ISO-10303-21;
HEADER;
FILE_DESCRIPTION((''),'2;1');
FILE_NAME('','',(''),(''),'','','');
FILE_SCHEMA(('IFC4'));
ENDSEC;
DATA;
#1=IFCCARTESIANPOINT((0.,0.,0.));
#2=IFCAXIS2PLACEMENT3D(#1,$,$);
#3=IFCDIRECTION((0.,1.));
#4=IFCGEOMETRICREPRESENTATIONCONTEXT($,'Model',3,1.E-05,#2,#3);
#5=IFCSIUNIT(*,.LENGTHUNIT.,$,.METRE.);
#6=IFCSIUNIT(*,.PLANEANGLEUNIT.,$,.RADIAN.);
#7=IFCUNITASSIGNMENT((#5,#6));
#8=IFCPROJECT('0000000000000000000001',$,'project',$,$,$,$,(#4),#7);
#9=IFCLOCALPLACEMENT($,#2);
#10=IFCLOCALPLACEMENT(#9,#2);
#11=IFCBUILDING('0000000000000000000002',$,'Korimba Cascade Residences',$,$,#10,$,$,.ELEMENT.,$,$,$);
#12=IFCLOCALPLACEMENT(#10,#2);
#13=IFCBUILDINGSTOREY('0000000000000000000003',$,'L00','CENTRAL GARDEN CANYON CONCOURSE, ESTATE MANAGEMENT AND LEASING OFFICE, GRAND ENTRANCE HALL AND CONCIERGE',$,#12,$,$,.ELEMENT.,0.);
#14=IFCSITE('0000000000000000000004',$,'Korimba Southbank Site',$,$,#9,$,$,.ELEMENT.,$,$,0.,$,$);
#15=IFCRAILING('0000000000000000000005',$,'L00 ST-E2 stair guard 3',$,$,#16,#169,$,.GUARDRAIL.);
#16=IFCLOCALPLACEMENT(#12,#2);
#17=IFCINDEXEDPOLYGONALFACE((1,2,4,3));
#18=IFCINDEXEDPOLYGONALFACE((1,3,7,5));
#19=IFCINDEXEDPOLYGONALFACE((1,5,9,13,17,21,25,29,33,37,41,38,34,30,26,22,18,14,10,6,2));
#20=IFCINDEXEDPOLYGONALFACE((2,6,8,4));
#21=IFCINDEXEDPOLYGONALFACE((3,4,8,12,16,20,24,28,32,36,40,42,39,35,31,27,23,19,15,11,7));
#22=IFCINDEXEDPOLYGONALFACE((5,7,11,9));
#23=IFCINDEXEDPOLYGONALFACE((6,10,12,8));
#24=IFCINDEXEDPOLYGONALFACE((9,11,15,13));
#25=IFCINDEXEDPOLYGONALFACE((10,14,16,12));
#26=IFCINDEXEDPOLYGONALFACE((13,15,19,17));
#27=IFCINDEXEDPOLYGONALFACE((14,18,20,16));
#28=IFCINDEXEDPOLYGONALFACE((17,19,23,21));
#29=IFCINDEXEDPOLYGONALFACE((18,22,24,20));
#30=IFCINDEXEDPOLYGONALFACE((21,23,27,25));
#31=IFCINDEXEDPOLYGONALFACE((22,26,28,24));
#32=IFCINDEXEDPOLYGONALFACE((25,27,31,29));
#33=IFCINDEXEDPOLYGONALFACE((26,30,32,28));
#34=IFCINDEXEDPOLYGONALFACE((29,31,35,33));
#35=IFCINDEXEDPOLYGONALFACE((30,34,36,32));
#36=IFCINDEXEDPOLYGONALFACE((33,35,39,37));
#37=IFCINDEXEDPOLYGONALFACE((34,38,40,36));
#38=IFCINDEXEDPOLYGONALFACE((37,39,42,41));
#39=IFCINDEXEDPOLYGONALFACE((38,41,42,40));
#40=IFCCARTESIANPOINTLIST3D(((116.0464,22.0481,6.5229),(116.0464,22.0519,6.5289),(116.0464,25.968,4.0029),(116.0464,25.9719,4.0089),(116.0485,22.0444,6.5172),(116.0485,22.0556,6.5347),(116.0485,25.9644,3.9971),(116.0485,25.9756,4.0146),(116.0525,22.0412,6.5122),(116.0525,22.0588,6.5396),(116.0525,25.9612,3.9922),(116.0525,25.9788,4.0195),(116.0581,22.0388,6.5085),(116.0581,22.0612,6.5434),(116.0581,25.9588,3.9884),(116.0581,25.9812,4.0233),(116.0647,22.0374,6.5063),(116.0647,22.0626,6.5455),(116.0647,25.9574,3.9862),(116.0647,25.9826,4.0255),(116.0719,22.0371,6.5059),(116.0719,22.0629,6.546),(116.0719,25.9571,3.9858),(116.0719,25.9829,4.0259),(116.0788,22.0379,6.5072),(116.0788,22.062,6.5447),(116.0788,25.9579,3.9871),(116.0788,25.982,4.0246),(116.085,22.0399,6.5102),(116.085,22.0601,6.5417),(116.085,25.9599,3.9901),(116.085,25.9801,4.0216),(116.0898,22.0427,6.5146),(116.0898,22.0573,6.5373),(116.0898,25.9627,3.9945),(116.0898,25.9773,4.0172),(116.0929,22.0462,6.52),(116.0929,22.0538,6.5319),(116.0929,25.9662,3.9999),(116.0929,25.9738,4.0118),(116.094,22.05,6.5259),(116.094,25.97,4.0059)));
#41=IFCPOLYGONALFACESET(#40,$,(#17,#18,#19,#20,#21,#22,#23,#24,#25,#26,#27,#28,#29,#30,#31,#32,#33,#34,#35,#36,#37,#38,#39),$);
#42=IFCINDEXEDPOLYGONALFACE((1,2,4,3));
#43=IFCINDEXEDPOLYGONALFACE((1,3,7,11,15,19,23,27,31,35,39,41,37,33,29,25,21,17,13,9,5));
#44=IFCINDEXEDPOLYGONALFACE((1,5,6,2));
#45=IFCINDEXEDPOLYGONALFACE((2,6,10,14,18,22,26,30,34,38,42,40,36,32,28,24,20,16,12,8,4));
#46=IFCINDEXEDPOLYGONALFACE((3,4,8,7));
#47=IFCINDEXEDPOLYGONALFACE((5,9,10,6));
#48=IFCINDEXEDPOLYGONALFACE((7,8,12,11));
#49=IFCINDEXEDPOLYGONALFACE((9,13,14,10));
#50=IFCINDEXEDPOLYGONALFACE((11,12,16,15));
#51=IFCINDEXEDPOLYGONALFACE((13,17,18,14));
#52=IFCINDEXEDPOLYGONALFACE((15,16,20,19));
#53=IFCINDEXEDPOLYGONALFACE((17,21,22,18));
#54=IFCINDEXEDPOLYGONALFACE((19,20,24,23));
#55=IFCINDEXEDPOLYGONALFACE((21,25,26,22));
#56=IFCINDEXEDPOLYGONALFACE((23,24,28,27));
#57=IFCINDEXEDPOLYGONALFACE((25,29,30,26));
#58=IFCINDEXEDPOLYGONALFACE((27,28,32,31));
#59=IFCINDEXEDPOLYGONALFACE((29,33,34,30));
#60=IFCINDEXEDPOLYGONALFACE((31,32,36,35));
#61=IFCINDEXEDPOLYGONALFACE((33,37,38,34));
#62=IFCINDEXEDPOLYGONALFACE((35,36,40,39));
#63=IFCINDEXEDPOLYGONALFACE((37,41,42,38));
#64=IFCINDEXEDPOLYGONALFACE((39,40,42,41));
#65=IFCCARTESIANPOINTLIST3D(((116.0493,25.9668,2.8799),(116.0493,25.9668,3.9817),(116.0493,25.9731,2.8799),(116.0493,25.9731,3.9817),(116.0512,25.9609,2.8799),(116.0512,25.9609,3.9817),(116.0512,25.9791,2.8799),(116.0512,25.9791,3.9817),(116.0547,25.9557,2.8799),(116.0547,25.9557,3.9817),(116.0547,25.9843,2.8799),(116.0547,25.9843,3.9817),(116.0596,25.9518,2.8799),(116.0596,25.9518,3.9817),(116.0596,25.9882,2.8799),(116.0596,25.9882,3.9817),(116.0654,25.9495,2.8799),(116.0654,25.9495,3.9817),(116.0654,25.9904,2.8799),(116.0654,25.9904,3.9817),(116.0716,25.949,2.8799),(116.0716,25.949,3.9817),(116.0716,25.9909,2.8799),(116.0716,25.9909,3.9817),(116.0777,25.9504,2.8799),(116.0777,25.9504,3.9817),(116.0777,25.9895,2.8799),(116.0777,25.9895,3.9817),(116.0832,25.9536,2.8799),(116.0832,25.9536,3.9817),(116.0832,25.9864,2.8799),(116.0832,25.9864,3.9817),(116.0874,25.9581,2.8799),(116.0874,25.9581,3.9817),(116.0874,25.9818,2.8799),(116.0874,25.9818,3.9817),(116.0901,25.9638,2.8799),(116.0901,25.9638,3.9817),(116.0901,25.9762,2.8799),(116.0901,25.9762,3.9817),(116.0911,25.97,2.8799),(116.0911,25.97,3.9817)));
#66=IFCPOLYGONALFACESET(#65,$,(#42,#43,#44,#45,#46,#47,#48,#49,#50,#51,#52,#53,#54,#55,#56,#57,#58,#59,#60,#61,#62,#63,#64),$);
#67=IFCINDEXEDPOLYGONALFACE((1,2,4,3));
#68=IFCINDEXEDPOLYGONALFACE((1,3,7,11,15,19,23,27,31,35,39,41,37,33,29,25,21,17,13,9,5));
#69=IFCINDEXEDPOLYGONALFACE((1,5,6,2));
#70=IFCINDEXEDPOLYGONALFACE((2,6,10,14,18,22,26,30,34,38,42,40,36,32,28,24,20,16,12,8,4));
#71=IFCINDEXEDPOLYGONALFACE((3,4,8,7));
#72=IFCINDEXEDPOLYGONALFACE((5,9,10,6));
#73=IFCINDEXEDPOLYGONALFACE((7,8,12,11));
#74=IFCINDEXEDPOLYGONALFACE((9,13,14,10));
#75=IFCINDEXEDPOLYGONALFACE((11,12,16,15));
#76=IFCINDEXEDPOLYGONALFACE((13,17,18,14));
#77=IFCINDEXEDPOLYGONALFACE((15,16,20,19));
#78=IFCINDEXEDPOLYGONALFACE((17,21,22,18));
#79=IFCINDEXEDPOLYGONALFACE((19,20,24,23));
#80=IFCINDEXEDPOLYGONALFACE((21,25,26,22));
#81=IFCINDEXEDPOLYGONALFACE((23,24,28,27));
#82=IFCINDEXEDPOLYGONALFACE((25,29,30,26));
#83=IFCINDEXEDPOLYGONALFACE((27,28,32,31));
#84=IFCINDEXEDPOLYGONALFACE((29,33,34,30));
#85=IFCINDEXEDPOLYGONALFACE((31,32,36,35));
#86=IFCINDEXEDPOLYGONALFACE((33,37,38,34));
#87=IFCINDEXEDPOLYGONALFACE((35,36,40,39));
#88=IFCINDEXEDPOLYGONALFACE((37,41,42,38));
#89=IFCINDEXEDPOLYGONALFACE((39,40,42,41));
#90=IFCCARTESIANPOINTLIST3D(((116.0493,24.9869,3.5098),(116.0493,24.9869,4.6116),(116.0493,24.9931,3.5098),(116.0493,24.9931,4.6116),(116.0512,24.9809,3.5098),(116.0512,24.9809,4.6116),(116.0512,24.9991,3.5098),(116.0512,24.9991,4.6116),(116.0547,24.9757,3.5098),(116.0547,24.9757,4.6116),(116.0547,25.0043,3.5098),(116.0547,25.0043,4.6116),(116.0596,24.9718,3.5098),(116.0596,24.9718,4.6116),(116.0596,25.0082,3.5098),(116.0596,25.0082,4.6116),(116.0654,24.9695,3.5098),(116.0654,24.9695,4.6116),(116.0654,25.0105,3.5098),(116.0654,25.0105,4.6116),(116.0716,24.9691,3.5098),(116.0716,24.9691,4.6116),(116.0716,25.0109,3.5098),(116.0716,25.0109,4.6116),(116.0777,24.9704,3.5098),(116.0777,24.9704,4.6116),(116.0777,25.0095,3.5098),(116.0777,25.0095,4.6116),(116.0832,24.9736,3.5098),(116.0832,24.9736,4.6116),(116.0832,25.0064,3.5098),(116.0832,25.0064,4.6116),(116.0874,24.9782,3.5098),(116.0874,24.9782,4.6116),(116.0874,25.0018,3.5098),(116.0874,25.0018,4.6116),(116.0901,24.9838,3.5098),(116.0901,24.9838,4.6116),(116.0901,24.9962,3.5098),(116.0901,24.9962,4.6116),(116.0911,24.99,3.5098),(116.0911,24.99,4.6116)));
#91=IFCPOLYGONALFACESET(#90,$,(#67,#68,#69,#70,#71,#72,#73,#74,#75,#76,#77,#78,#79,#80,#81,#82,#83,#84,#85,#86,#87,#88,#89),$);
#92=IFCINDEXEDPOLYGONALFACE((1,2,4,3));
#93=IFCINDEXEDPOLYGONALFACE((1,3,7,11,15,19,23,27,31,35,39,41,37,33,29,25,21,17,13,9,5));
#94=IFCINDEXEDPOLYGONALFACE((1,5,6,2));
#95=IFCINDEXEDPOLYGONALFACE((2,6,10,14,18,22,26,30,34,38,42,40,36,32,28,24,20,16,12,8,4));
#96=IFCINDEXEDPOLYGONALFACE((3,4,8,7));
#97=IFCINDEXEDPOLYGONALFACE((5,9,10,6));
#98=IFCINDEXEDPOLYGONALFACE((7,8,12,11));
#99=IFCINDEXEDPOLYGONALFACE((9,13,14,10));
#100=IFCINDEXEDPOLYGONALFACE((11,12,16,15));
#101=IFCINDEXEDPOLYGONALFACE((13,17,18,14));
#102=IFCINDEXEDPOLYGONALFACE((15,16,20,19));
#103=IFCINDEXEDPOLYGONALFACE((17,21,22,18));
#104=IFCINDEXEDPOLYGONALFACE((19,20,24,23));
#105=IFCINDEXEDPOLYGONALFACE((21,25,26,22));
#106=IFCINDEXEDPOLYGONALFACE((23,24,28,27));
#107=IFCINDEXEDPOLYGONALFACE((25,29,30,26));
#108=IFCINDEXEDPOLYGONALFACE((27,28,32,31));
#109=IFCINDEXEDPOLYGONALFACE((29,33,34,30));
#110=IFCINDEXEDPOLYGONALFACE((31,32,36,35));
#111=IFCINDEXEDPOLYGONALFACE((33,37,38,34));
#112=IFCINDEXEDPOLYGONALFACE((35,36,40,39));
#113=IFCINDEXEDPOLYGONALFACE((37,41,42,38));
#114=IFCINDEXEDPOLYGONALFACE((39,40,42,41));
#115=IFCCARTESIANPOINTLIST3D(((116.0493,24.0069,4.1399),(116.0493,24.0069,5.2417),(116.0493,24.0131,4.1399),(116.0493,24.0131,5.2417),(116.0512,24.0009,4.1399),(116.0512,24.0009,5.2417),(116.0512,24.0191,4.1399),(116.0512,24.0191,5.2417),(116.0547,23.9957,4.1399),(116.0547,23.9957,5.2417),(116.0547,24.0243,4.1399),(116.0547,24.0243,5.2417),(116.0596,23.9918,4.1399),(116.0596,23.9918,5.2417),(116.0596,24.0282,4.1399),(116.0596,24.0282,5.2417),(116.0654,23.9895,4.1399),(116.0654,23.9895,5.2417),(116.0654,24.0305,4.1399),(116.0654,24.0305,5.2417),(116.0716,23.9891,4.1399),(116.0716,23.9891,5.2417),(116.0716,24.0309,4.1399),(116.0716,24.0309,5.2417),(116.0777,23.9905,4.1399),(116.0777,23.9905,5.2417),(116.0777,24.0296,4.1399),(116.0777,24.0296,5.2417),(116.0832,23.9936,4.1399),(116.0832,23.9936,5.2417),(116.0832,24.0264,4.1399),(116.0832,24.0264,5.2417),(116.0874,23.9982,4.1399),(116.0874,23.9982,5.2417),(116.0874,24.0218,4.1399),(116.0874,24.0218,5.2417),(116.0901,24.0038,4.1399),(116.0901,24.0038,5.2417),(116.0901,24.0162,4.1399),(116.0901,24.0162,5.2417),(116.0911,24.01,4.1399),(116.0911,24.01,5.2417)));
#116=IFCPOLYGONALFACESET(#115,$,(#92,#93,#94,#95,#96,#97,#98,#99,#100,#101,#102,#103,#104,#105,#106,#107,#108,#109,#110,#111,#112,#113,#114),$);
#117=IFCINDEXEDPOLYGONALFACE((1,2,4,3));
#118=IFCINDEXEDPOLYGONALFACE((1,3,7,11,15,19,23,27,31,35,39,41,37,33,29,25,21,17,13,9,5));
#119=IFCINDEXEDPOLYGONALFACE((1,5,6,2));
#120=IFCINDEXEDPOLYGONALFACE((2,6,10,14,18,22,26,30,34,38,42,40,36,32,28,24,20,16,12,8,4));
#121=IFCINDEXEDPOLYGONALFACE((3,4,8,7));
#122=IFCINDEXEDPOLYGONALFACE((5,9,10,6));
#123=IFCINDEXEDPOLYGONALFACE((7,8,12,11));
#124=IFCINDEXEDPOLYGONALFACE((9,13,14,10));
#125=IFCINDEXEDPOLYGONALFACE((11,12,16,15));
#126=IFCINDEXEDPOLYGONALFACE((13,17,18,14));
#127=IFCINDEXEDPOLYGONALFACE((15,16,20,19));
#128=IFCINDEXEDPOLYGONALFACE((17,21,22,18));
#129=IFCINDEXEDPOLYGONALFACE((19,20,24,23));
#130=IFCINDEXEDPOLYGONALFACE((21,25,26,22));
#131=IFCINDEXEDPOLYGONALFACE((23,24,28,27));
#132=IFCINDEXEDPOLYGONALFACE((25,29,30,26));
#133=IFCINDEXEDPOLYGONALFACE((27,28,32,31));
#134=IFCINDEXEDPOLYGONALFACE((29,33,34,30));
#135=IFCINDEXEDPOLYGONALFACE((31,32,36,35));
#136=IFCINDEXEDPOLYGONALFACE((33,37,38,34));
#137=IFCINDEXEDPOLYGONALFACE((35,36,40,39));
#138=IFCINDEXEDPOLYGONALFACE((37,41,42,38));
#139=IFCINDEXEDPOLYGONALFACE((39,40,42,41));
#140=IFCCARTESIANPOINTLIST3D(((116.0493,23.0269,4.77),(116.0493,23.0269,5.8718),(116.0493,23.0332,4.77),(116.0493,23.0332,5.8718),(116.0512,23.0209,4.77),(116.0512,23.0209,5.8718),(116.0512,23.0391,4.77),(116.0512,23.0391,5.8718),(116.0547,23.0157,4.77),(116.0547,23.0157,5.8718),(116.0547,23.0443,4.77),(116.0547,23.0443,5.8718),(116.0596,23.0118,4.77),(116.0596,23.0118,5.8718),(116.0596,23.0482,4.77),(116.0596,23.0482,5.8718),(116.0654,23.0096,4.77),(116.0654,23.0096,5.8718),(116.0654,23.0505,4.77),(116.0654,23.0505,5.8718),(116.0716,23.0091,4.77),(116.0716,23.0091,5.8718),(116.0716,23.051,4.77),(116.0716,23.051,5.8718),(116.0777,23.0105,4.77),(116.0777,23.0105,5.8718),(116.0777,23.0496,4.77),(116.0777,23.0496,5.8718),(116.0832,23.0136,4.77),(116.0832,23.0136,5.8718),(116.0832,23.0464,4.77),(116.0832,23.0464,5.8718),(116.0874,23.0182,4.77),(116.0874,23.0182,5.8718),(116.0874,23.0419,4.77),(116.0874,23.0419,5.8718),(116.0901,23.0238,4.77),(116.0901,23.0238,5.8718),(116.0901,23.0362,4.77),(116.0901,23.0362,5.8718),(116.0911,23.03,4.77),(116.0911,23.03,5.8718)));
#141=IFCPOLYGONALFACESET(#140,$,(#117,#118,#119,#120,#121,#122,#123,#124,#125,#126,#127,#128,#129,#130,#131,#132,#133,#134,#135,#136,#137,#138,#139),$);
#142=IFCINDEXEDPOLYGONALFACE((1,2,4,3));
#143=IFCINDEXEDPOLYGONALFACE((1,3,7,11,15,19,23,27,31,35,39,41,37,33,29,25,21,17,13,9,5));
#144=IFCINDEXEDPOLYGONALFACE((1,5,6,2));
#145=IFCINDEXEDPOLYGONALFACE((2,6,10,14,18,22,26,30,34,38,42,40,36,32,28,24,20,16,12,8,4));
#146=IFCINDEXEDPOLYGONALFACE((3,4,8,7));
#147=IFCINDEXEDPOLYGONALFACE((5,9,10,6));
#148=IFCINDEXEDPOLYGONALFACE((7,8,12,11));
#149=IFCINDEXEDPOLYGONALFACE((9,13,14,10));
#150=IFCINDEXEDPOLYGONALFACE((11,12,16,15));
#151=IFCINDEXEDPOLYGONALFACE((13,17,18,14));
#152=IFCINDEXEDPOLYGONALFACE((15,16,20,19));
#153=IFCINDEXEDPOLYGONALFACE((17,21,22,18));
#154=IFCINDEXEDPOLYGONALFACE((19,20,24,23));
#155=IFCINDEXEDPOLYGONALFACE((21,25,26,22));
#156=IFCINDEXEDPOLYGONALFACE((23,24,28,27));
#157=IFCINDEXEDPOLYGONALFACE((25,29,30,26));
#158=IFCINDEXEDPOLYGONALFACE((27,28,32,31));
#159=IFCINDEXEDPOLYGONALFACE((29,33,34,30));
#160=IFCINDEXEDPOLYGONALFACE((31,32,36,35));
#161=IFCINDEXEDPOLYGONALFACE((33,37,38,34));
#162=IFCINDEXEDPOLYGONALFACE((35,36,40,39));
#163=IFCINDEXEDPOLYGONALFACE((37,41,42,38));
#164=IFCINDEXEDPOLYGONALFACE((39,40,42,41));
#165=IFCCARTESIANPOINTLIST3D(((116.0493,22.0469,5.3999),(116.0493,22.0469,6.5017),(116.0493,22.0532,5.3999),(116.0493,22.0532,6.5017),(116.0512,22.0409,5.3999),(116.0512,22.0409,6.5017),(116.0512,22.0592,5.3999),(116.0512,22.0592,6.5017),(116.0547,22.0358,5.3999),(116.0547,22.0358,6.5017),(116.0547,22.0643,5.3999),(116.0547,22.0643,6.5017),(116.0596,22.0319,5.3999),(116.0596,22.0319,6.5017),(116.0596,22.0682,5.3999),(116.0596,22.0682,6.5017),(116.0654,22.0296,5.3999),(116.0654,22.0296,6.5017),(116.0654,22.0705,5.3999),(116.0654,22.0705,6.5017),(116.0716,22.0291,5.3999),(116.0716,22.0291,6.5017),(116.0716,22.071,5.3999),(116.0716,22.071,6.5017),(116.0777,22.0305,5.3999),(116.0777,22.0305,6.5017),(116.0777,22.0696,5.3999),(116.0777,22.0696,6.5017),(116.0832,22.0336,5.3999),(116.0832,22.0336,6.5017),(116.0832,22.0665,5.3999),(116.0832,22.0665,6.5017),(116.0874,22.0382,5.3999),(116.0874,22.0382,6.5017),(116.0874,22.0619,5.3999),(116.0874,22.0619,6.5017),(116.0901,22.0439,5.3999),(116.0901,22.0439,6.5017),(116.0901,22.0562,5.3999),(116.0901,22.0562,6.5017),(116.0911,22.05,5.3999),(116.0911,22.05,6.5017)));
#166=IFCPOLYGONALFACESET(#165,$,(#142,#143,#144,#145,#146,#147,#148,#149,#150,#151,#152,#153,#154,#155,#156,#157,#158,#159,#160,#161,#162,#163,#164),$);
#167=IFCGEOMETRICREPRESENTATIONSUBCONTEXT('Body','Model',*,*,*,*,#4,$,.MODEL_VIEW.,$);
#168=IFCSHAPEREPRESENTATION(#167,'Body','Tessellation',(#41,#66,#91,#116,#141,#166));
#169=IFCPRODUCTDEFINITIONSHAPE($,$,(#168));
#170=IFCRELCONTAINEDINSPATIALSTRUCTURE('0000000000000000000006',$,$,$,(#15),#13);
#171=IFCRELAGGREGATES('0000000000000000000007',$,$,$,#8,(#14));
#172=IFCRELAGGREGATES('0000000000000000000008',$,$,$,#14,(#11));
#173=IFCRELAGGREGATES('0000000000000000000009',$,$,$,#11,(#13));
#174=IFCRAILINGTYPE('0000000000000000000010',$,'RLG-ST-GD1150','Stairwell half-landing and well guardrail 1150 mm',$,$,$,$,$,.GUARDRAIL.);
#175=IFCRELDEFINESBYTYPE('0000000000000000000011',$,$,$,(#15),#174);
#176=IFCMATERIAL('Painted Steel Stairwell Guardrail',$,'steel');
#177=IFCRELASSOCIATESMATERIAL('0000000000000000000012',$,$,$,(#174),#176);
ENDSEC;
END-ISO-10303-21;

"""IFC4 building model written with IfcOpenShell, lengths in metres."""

from ifc_helpers import new_model, si_unit, direction, frame, origin, origin_2d, place, context, subcontext, project, spatial, circle, extrude, material, type_object, element, save


model = new_model("IFC4")

# Units and contexts
model_context = context("Model", 3, precision=1e-05, world=origin(), true_north=direction((0.0, 1.0)))
body_context = subcontext(model_context, "Body", "Model", "MODEL_VIEW")
ifc_project = project(units=[si_unit("LENGTHUNIT", "METRE"), si_unit("PLANEANGLEUNIT", "RADIAN")], contexts=[model_context])

# Site, building, storey
site_placement = place(None, origin())
site = spatial("IfcSite", under=ifc_project, at=site_placement, Name="Korimba Southbank Site", CompositionType="ELEMENT", RefElevation=0.0)
building_placement = place(site_placement, origin())
building = spatial("IfcBuilding", under=site, at=building_placement, Name="Korimba Cascade Residences", CompositionType="ELEMENT")
storey_placement = place(building_placement, origin())
storey = spatial("IfcBuildingStorey", under=building, at=storey_placement, Name="L00", Description="CENTRAL GARDEN CANYON CONCOURSE, ESTATE MANAGEMENT AND LEASING OFFICE, GRAND ENTRANCE HALL AND CONCIERGE", CompositionType="ELEMENT", Elevation=0.0)

# Railing
ifc_material_1 = material(Name="Painted Steel Stairwell Guardrail", Category="steel")
railing_type_1 = type_object("IfcRailingType", Name="RLG-ST-GD1150", Description="Stairwell half-landing and well guardrail 1150 mm", PredefinedType="GUARDRAIL", material=ifc_material_1)
railing_1_placement = place(storey_placement, frame((116.0701, 25.97, 2.8799)))
element("IfcRailing", 1, at=railing_1_placement, inside=storey, type_object=railing_type_1, Name="L00 ST-E2 stair guard 3", PredefinedType="GUARDRAIL", context=body_context, shape_type="SweptSolid", body=[
    extrude(circle(Radius=0.0239, at=origin_2d()), frame((0.0, 0.0, 1.126), z_axis=(0.0, -0.841172, 0.540768), x_axis=(1.0, 0.0, 0.0)), (0.0, 0.0, 1.0), 4.6602),
    extrude(circle(Radius=0.021, at=origin_2d()), origin(), (0.0, 0.0, 1.0), 1.1018),
    extrude(circle(Radius=0.021, at=origin_2d()), frame((0.0, -0.98, 0.6299)), (0.0, 0.0, 1.0), 1.1018),
    extrude(circle(Radius=0.021, at=origin_2d()), frame((0.0, -1.96, 1.26)), (0.0, 0.0, 1.0), 1.1018),
    extrude(circle(Radius=0.021, at=origin_2d()), frame((0.0, -2.9399, 1.8901)), (0.0, 0.0, 1.0), 1.1018),
    extrude(circle(Radius=0.021, at=origin_2d()), frame((0.0, -3.9199, 2.52)), (0.0, 0.0, 1.0), 1.1018),
])

save(model, "model.ifc")
